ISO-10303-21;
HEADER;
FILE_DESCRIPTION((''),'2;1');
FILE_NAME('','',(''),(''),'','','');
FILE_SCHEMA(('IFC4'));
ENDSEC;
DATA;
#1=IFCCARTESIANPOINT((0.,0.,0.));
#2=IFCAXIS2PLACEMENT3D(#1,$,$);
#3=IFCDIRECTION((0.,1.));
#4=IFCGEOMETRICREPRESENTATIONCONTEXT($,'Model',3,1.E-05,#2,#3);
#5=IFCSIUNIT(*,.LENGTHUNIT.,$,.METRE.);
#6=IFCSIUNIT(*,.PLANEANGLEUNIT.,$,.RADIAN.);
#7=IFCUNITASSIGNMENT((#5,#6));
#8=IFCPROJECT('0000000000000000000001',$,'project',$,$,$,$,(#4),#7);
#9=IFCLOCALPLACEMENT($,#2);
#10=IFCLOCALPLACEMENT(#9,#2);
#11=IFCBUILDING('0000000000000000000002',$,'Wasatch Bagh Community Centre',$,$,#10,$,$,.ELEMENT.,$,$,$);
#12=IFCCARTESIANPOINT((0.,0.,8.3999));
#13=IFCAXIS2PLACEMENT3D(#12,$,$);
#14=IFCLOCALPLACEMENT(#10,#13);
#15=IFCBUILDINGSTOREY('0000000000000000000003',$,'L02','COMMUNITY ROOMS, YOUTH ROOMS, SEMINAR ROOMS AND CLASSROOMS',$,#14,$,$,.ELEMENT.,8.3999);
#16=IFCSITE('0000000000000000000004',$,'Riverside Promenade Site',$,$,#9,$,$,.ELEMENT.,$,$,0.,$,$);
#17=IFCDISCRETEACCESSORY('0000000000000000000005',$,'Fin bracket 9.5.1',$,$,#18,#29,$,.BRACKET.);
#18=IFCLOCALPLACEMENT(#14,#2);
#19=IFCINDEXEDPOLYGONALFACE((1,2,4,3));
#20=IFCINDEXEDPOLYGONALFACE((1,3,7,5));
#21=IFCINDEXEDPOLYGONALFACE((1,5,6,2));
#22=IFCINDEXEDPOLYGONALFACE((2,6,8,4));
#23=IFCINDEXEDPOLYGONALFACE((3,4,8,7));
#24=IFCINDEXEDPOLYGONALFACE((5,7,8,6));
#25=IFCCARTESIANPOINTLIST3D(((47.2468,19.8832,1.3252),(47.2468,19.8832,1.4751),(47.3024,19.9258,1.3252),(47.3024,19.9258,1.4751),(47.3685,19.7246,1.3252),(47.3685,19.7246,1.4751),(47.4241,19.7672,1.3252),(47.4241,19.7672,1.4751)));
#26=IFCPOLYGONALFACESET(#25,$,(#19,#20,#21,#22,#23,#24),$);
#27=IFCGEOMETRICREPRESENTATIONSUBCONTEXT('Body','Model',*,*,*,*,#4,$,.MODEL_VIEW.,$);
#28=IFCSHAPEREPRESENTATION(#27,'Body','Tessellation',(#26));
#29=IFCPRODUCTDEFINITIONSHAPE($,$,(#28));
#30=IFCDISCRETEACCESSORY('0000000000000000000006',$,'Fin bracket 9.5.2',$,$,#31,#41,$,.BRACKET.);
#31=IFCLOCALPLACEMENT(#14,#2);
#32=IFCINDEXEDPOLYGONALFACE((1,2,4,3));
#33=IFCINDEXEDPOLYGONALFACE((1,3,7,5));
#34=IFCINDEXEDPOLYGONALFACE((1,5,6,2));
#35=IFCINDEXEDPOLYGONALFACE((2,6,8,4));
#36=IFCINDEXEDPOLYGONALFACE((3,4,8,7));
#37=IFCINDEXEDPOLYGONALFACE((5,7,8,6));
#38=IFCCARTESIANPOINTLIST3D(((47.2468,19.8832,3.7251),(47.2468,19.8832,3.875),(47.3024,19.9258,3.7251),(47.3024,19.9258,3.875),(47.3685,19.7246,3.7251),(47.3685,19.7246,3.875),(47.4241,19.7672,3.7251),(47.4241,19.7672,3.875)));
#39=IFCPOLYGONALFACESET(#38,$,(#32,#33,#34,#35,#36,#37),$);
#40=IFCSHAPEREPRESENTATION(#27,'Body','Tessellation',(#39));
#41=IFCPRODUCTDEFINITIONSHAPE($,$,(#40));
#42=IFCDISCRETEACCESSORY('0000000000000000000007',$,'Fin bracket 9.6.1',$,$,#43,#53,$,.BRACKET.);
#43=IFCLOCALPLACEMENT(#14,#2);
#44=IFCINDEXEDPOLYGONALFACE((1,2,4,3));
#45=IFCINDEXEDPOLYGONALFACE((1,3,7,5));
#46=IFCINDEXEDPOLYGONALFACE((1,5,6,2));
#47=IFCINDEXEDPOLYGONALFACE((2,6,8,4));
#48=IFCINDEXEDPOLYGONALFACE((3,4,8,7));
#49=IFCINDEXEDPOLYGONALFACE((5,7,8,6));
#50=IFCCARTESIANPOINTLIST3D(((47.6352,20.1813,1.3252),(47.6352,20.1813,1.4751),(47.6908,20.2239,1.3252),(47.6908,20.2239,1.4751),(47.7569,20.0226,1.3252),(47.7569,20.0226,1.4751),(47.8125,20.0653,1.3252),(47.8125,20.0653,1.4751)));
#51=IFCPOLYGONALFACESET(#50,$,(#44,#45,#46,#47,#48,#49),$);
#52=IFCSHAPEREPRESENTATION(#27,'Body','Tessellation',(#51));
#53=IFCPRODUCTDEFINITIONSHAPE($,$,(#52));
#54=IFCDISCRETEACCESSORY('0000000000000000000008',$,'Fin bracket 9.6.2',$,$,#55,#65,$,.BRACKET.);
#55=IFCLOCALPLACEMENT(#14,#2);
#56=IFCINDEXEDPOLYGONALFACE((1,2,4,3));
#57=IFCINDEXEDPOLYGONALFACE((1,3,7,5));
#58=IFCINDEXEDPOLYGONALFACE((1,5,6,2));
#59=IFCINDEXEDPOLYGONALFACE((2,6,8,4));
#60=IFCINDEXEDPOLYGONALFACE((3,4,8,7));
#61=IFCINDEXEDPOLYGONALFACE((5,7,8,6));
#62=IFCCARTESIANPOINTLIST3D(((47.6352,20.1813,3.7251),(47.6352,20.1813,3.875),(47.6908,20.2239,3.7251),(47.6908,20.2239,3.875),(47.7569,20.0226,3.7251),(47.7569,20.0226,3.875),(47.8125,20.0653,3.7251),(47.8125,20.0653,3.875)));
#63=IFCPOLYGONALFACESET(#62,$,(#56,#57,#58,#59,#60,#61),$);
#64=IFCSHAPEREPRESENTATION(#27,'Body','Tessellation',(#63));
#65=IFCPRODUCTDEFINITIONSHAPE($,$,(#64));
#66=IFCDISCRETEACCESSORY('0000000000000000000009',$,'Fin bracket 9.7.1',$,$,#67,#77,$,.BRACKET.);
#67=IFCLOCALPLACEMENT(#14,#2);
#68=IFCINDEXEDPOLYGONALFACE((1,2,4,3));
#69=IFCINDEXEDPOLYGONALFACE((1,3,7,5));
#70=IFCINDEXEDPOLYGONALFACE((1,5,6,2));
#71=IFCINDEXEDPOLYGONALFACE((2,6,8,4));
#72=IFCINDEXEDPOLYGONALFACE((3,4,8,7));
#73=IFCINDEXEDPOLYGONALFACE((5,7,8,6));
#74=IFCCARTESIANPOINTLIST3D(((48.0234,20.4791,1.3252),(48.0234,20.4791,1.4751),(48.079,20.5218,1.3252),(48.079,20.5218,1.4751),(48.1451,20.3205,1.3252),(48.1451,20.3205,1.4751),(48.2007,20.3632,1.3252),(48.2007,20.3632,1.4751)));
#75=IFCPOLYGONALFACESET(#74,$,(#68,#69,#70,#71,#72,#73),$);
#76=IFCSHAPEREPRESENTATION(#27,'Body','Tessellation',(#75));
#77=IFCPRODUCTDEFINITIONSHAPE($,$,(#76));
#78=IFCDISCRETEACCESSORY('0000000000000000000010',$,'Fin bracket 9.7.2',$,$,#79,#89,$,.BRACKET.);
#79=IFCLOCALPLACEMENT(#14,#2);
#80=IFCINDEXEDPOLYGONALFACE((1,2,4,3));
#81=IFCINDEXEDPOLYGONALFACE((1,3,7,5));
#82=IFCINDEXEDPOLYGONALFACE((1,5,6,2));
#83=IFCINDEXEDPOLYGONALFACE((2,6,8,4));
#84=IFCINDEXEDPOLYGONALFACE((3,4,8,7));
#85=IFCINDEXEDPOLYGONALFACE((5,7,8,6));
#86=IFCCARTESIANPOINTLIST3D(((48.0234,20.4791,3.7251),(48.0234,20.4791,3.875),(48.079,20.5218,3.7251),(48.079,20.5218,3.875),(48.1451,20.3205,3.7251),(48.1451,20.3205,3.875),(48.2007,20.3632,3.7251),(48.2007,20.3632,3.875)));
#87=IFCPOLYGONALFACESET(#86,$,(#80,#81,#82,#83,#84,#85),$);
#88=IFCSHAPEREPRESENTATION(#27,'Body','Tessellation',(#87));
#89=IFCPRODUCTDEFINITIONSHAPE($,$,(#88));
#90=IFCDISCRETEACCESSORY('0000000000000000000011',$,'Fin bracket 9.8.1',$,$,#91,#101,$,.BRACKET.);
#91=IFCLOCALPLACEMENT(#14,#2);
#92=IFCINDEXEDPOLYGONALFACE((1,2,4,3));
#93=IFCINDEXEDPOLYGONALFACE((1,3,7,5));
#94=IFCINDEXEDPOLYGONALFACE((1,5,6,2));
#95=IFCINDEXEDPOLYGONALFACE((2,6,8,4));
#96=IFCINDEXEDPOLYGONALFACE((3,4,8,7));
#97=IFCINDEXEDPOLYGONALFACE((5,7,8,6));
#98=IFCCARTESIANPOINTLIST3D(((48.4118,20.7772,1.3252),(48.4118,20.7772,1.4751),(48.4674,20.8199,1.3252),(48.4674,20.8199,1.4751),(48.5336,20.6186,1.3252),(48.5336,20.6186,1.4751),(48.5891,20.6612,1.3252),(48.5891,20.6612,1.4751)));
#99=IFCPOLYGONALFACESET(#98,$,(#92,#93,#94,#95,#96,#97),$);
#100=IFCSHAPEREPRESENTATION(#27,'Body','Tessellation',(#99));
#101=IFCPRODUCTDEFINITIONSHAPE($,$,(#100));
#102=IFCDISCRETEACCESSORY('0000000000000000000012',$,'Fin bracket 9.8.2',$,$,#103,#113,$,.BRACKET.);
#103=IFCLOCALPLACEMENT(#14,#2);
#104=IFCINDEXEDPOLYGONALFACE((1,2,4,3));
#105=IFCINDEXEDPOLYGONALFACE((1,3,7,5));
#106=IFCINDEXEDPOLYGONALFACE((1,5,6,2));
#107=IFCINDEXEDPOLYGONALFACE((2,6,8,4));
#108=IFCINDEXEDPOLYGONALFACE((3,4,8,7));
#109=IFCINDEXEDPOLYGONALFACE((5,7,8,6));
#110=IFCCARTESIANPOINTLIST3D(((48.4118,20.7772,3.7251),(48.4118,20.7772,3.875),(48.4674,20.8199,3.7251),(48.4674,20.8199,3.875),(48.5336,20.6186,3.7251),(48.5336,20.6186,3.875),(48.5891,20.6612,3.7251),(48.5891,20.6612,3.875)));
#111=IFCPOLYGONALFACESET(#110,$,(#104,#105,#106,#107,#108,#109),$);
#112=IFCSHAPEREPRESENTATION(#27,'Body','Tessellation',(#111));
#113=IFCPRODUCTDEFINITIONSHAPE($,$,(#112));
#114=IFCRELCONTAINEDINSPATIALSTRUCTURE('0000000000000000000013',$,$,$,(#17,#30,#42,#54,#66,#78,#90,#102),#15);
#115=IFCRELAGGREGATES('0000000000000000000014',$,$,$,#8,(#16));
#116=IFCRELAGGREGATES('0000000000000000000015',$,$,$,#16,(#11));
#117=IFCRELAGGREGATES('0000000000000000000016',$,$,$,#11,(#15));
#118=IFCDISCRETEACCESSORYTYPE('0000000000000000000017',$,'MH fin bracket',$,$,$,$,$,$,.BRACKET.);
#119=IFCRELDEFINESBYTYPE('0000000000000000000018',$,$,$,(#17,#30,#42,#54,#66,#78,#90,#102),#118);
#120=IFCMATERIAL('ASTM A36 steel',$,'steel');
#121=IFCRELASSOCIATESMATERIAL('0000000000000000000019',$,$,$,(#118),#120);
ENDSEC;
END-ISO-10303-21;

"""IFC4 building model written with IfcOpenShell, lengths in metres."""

from ifc_helpers import new_model, si_unit, direction, frame, origin, origin_2d, place, context, subcontext, project, spatial, rectangle, extrude, material, type_object, element, save


model = new_model("IFC4")

# Units and contexts
model_context = context("Model", 3, precision=1e-05, world=origin(), true_north=direction((0.0, 1.0)))
body_context = subcontext(model_context, "Body", "Model", "MODEL_VIEW")
ifc_project = project(units=[si_unit("LENGTHUNIT", "METRE"), si_unit("PLANEANGLEUNIT", "RADIAN")], contexts=[model_context])

# Site, building, storey
site_placement = place(None, origin())
site = spatial("IfcSite", under=ifc_project, at=site_placement, Name="Riverside Promenade Site", CompositionType="ELEMENT", RefElevation=0.0)
building_placement = place(site_placement, origin())
building = spatial("IfcBuilding", under=site, at=building_placement, Name="Wasatch Bagh Community Centre", CompositionType="ELEMENT")
storey_placement = place(building_placement, frame((0.0, 0.0, 8.3999)))
storey = spatial("IfcBuildingStorey", under=building, at=storey_placement, Name="L02", Description="COMMUNITY ROOMS, YOUTH ROOMS, SEMINAR ROOMS AND CLASSROOMS", CompositionType="ELEMENT", Elevation=8.3999)

# Discrete accessories
ifc_material_1 = material(Name="ASTM A36 steel", Category="steel")
discrete_accessory_type_1 = type_object("IfcDiscreteAccessoryType", Name="MH fin bracket", PredefinedType="BRACKET", material=ifc_material_1)
for number, where, z_axis, x_axis, name in (
    (1, (47.3354, 19.8252, 1.3252), (0.0, 0.0, 1.0), (0.793353, 0.608761, 0.0), "Fin bracket 9.5.1"),
    (2, (47.3354, 19.8252, 3.7251), (0.0, 0.0, 1.0), (0.793353, 0.608761, 0.0), "Fin bracket 9.5.2"),
    (3, (47.7239, 20.1233, 1.3252), (0.0, 0.0, 1.0), (0.793353, 0.608761, 0.0), "Fin bracket 9.6.1"),
    (4, (47.7239, 20.1233, 3.7251), (0.0, 0.0, 1.0), (0.793353, 0.608761, 0.0), "Fin bracket 9.6.2"),
    (5, (48.1121, 20.4211, 1.3252), (0.0, 0.0, 1.0), (0.793353, 0.608761, 0.0), "Fin bracket 9.7.1"),
    (6, (48.1121, 20.4211, 3.7251), (0.0, 0.0, 1.0), (0.793353, 0.608761, 0.0), "Fin bracket 9.7.2"),
    (7, (48.5005, 20.7192, 1.3252), (0.0, 0.0, 1.0), (0.793353, 0.608761, 0.0), "Fin bracket 9.8.1"),
    (8, (48.5005, 20.7192, 3.7251), (0.0, 0.0, 1.0), (0.793353, 0.608761, 0.0), "Fin bracket 9.8.2"),
):
    element("IfcDiscreteAccessory", number, at=place(storey_placement, frame(where, z_axis=z_axis, x_axis=x_axis)), inside=storey, type_object=discrete_accessory_type_1, Name=name, PredefinedType="BRACKET", context=body_context, shape_type="SweptSolid", body=[
        extrude(rectangle(XDim=0.0701, YDim=0.2, at=origin_2d()), origin(), (0.0, 0.0, 1.0), 0.1499),
    ])

save(model, "model.ifc")
